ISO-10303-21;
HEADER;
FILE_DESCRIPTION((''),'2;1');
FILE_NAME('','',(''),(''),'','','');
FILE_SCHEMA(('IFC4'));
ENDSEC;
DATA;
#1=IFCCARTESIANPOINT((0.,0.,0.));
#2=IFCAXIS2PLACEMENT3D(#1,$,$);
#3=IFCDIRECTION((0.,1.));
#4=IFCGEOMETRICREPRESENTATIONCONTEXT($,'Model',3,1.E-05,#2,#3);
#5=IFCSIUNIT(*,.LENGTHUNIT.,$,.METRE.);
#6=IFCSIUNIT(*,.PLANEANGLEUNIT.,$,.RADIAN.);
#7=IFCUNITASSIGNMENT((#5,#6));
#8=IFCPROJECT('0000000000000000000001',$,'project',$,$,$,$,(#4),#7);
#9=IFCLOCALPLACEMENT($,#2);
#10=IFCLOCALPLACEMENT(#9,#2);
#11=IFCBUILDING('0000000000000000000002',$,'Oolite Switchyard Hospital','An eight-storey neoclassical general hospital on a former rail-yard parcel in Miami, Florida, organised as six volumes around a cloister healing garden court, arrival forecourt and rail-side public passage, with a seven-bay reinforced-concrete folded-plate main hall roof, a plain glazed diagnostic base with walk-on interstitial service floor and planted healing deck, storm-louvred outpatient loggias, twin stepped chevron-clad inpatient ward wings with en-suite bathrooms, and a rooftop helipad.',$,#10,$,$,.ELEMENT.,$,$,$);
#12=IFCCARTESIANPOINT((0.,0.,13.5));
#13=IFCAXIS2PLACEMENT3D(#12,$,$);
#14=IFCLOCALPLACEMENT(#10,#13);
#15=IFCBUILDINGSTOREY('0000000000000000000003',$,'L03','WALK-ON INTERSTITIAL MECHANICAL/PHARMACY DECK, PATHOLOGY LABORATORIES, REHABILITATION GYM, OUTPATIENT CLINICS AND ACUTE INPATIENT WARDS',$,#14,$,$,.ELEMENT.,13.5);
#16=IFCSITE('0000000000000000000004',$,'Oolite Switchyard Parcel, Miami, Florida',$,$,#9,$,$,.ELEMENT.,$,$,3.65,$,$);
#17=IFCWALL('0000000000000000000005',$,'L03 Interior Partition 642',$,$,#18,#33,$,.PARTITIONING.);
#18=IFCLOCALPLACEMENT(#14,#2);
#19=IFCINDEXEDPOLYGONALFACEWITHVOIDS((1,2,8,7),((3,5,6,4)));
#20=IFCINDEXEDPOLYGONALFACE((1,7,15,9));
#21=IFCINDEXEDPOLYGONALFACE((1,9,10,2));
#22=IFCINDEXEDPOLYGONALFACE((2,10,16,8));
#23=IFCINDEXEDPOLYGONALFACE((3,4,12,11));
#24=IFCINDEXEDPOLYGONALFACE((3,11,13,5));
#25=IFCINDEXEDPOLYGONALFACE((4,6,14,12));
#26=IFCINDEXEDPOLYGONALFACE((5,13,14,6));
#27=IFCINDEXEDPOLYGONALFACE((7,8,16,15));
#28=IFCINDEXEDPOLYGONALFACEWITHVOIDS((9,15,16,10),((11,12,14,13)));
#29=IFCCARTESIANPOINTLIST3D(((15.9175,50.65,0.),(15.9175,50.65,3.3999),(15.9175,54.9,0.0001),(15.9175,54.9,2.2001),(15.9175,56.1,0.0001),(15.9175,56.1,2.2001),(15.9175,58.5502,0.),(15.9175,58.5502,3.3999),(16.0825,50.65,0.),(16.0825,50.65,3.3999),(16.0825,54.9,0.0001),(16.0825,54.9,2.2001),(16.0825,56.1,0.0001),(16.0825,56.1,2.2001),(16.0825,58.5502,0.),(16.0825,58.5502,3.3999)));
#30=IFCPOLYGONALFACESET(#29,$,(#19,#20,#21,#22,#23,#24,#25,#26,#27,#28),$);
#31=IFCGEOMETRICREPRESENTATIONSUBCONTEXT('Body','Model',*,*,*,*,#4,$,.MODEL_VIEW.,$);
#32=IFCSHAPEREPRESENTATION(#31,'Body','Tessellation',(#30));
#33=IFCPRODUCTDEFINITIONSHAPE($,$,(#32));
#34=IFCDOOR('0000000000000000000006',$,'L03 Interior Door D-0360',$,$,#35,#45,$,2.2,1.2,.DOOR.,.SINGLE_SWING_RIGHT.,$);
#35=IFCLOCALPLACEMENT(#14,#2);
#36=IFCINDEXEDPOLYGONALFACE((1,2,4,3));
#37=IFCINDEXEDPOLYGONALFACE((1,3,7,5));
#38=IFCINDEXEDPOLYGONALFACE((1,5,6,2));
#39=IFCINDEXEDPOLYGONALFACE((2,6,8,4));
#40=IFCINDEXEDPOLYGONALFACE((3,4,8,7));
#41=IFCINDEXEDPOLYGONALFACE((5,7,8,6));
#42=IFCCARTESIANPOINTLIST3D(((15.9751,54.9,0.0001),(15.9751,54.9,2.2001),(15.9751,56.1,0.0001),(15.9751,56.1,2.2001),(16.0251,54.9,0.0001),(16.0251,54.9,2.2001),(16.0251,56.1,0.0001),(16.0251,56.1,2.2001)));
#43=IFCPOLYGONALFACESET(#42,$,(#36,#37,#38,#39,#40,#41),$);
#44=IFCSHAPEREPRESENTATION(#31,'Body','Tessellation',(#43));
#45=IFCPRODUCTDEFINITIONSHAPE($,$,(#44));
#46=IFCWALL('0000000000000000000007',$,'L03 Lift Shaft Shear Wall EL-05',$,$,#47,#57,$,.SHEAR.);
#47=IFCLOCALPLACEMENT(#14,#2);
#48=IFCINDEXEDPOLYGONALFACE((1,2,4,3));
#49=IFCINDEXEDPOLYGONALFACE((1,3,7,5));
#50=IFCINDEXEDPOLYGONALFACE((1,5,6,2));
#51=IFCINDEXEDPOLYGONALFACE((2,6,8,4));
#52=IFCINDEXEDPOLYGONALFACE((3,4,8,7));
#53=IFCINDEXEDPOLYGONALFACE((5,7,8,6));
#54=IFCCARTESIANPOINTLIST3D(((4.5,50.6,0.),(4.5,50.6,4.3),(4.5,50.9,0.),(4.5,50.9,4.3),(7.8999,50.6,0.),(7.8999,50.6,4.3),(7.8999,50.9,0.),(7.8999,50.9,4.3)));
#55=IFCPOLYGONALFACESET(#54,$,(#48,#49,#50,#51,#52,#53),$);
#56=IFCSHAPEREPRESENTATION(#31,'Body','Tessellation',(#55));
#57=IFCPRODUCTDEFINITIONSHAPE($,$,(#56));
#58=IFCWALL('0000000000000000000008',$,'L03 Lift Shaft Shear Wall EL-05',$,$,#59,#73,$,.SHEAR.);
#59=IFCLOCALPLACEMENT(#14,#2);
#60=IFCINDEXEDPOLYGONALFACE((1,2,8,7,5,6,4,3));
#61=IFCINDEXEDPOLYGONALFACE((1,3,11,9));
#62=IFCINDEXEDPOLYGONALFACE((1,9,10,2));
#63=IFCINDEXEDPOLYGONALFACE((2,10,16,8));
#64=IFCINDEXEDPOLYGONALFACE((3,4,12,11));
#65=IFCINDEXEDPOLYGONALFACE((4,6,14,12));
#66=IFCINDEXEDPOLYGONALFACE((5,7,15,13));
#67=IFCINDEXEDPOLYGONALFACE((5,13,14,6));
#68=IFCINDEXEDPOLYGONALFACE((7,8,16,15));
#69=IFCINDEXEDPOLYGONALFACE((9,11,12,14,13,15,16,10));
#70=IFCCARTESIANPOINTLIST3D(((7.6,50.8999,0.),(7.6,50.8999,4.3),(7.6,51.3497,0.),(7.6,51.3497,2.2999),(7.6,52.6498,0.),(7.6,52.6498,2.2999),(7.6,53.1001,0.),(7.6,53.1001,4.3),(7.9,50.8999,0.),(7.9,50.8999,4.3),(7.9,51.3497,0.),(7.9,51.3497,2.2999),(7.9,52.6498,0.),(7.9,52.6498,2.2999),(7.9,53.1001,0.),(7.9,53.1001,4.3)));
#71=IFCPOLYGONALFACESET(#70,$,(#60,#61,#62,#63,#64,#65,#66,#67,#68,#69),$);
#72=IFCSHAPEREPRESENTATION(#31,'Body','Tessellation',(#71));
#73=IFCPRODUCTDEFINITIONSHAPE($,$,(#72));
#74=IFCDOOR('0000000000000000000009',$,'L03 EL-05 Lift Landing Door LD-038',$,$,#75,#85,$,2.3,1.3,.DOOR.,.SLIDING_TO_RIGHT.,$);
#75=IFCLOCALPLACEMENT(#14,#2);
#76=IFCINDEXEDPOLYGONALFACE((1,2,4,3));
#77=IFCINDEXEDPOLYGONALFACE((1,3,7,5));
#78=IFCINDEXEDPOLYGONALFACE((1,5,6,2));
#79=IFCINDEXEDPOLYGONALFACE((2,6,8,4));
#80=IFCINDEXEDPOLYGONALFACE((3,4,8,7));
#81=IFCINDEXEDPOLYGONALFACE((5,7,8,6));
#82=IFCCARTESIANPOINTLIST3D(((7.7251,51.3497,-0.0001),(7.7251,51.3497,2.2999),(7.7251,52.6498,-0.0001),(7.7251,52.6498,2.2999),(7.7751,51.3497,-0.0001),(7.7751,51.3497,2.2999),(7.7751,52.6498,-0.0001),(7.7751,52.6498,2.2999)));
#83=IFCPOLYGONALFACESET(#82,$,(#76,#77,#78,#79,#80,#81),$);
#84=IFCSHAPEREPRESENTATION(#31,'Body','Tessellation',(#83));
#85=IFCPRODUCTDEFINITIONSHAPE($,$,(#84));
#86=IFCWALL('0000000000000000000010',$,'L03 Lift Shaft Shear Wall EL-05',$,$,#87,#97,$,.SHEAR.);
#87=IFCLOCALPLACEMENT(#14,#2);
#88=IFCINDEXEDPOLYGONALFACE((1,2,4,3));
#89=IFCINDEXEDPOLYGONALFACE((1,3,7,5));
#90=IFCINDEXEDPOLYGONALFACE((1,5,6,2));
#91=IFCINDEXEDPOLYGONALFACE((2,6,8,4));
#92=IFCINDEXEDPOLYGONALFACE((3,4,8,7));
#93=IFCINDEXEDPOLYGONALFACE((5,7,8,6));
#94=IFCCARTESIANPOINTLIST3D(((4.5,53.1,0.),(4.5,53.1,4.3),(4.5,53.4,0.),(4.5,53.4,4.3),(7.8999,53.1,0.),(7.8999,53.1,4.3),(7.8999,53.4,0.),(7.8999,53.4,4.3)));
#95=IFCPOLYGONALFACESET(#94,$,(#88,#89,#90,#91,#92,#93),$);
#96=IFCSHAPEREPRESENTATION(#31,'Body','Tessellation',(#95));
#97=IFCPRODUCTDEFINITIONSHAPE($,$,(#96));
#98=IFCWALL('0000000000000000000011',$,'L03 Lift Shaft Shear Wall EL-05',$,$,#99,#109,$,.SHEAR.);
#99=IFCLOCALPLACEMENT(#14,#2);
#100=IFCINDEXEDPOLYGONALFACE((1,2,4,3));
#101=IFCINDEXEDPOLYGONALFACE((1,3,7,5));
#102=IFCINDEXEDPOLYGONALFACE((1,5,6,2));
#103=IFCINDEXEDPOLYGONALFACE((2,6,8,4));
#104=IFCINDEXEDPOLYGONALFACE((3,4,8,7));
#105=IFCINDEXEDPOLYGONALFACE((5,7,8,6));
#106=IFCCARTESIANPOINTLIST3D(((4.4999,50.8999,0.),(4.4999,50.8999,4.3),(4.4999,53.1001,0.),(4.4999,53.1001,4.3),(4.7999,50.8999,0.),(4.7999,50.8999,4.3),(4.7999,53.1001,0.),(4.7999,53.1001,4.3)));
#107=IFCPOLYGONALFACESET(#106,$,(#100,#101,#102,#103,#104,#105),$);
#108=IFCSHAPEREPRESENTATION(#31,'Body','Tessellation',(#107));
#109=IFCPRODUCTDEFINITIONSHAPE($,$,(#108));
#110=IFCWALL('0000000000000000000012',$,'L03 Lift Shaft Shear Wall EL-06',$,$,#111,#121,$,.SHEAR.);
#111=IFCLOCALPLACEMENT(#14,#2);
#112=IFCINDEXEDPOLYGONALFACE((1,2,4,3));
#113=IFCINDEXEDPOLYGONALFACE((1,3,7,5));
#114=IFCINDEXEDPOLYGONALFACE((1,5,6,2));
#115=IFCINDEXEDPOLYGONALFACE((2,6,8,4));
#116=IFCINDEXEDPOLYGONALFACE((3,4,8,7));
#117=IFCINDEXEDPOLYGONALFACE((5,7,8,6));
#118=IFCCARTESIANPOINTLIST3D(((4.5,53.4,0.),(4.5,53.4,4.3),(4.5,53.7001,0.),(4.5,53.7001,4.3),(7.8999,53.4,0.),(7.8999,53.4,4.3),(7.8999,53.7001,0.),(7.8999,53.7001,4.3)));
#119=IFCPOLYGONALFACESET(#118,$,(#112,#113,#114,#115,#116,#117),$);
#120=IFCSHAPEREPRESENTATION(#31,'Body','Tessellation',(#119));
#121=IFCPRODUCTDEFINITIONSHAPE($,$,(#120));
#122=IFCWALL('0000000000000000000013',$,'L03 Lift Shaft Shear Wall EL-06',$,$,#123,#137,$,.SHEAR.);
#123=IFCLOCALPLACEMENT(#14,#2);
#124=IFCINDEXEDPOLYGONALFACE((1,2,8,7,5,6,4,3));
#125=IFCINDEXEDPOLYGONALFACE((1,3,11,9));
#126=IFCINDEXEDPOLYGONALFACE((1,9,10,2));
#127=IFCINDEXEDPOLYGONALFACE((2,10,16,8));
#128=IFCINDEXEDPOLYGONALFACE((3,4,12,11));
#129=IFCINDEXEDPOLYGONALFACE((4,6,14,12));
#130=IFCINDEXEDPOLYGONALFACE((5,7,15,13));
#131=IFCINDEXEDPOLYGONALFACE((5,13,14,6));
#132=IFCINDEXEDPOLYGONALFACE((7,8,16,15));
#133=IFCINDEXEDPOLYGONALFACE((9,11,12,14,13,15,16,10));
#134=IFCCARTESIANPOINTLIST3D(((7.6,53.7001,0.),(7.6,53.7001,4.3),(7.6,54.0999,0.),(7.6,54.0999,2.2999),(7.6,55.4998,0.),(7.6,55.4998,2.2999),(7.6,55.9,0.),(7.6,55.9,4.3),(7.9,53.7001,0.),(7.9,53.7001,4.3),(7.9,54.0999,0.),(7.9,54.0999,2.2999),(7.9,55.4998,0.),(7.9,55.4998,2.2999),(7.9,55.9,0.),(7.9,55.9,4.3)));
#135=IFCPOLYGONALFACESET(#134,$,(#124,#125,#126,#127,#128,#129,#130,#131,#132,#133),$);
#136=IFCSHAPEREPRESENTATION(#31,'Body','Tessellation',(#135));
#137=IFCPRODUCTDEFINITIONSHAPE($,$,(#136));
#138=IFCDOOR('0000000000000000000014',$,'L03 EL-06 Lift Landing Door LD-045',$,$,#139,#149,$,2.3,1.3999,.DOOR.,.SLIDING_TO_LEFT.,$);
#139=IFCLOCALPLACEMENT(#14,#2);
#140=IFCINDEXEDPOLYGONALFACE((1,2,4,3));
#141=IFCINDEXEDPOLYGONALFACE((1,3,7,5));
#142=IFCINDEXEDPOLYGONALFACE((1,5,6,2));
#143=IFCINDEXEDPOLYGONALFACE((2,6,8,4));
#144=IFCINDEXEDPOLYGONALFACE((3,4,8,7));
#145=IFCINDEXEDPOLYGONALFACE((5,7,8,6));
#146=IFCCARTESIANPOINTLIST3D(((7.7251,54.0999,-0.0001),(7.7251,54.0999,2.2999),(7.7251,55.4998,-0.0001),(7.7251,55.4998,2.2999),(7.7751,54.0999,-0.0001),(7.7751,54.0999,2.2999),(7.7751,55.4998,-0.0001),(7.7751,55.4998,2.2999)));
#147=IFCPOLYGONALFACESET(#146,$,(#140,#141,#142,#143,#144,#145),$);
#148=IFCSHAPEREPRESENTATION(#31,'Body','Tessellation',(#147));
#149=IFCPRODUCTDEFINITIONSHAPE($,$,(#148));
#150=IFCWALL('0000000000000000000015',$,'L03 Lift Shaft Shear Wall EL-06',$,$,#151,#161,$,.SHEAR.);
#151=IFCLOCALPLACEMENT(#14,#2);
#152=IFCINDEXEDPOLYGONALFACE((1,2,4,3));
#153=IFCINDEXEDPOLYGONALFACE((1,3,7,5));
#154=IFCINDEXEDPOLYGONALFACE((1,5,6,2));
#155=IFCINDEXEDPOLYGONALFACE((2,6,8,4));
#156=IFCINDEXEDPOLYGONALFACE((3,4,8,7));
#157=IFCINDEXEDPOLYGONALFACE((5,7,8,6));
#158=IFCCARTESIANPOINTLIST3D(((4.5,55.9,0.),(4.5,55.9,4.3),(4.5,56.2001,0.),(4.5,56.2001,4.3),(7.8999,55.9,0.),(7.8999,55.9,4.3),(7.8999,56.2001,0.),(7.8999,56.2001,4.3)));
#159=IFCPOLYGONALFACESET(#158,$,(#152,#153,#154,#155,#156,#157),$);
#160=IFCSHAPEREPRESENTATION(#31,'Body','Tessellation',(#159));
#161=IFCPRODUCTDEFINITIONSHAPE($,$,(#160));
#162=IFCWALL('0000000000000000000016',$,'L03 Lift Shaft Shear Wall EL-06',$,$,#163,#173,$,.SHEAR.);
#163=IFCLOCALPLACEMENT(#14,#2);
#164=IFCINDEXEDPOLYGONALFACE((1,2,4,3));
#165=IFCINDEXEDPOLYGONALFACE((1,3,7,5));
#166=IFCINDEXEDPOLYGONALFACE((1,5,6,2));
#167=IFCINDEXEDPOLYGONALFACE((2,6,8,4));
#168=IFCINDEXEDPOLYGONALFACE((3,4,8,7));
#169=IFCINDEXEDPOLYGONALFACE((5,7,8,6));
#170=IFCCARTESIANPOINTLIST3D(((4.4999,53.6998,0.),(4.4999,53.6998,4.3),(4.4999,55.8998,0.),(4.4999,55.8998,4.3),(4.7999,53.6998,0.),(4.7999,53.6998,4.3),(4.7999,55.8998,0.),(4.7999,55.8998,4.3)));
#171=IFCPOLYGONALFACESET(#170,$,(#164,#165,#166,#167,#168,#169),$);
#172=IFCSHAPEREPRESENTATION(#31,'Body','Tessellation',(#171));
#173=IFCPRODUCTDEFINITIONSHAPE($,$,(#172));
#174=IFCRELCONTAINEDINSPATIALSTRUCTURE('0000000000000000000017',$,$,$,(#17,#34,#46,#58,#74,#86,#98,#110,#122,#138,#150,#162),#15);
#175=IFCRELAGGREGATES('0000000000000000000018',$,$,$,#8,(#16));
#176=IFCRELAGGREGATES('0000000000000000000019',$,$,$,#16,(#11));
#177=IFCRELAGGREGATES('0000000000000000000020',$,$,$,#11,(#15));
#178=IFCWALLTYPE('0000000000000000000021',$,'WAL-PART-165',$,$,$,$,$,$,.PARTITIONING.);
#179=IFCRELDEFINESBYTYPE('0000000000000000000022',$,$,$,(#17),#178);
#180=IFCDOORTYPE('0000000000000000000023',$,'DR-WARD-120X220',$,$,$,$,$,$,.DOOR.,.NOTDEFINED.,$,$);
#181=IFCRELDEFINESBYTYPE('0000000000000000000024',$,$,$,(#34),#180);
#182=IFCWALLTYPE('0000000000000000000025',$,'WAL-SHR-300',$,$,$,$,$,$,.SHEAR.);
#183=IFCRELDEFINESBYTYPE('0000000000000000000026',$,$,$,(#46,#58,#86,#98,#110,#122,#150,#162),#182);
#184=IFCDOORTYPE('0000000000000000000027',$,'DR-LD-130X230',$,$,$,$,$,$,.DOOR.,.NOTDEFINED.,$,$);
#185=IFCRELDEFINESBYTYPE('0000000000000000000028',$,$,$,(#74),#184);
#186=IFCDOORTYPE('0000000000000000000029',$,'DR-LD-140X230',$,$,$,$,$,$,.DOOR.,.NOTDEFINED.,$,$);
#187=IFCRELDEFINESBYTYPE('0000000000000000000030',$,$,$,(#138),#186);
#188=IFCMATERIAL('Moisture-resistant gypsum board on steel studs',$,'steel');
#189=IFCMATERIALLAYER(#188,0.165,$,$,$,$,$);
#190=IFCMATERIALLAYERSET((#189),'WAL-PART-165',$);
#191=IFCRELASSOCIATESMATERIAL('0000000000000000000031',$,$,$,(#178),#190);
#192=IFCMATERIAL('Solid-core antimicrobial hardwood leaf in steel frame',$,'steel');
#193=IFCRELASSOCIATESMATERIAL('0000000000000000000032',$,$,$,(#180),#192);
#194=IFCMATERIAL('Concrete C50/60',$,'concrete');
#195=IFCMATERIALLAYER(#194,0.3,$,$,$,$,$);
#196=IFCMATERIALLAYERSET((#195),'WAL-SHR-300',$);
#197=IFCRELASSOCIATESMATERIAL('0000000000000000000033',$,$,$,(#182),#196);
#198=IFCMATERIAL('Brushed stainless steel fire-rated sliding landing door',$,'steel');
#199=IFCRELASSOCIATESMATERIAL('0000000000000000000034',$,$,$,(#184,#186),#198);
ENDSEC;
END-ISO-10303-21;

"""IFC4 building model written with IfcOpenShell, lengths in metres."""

from ifc_helpers import new_model, si_unit, direction, frame, frame_2d, origin, place, context, subcontext, project, spatial, rectangle, extrude, material, layer, layer_set, type_object, element, fill, save


model = new_model("IFC4")

# Units and contexts
model_context = context("Model", 3, precision=1e-05, world=origin(), true_north=direction((0.0, 1.0)))
body_context = subcontext(model_context, "Body", "Model", "MODEL_VIEW")
ifc_project = project(units=[si_unit("LENGTHUNIT", "METRE"), si_unit("PLANEANGLEUNIT", "RADIAN")], contexts=[model_context])

# Site, building, storey
site_placement = place(None, origin())
site = spatial("IfcSite", under=ifc_project, at=site_placement, Name="Oolite Switchyard Parcel, Miami, Florida", CompositionType="ELEMENT", RefElevation=3.65)
building_placement = place(site_placement, origin())
building = spatial("IfcBuilding", under=site, at=building_placement, Name="Oolite Switchyard Hospital", Description="An eight-storey neoclassical general hospital on a former rail-yard parcel in Miami, Florida, organised as six volumes around a cloister healing garden court, arrival forecourt and rail-side public passage, with a seven-bay reinforced-concrete folded-plate main hall roof, a plain glazed diagnostic base with walk-on interstitial service floor and planted healing deck, storm-louvred outpatient loggias, twin stepped chevron-clad inpatient ward wings with en-suite bathrooms, and a rooftop helipad.", CompositionType="ELEMENT")
storey_placement = place(building_placement, frame((0.0, 0.0, 13.5)))
storey = spatial("IfcBuildingStorey", under=building, at=storey_placement, Name="L03", Description="WALK-ON INTERSTITIAL MECHANICAL/PHARMACY DECK, PATHOLOGY LABORATORIES, REHABILITATION GYM, OUTPATIENT CLINICS AND ACUTE INPATIENT WARDS", CompositionType="ELEMENT", Elevation=13.5)

# Shared definitions
ifc_material_1 = material(Name="Concrete C50/60", Category="concrete")

# Shared definitions
ifc_material_2 = material(Name="Moisture-resistant gypsum board on steel studs", Category="steel")

# Shared definitions
ifc_material_3 = material(Name="Solid-core antimicrobial hardwood leaf in steel frame", Category="steel")

# Wall, opening, door
ifc_layer_1 = layer(ifc_material_2, 0.165)
ifc_layer_set_1 = layer_set([ifc_layer_1], Name="WAL-PART-165")
wall_type_1 = type_object("IfcWallType", Name="WAL-PART-165", PredefinedType="PARTITIONING", material=ifc_layer_set_1)
wall_1_placement = place(storey_placement, frame((16.0, 50.6499, 0.0), z_axis=(0.0, 0.0, 1.0), x_axis=(0.0, 1.0, 0.0)))
wall_1 = element("IfcWall", 1, at=wall_1_placement, inside=storey, type_object=wall_type_1, Name="L03 Interior Partition 642", PredefinedType="PARTITIONING", context=body_context, shape_type="SweptSolid", body=[
    extrude(rectangle(XDim=7.9001, YDim=0.165, at=frame_2d((3.9502, 0.0))), origin(), (0.0, 0.0, 1.0), 3.3999),
])
opening_1_placement = place(wall_1_placement, frame((4.25, 0.0, 0.0)))
opening_1 = element("IfcOpeningElement", 2, at=opening_1_placement, cuts=wall_1, PredefinedType="OPENING", context=body_context, shape_type="SweptSolid", body=[
    extrude(rectangle(XDim=1.2, YDim=2.2, at=frame_2d((0.6001, 1.1001))), frame((0.0, 0.0925, 0.0), z_axis=(0.0, -1.0, 0.0), x_axis=(1.0, 0.0, 0.0)), (0.0, 0.0, 1.0), 0.1851),
])
door_type_1 = type_object("IfcDoorType", Name="DR-WARD-120X220", OperationType="NOTDEFINED", PredefinedType="DOOR", material=ifc_material_3)
door_1_placement = place(opening_1_placement, origin())
door_1 = element("IfcDoor", 3, at=door_1_placement, inside=storey, type_object=door_type_1, Name="L03 Interior Door D-0360", OperationType="SINGLE_SWING_RIGHT", OverallHeight=2.2, OverallWidth=1.2, PredefinedType="DOOR", context=body_context, shape_type="SweptSolid", body=[
    extrude(rectangle(XDim=1.2, YDim=2.2, at=frame_2d((0.6001, 1.1001))), frame((0.0, 0.0249, 0.0), z_axis=(0.0, -1.0, 0.0), x_axis=(1.0, 0.0, 0.0)), (0.0, 0.0, 1.0), 0.05),
])
fill(opening_1, door_1)

# Wall
ifc_layer_2 = layer(ifc_material_1, 0.3)
ifc_layer_set_2 = layer_set([ifc_layer_2], Name="WAL-SHR-300")
wall_type_2 = type_object("IfcWallType", Name="WAL-SHR-300", PredefinedType="SHEAR", material=ifc_layer_set_2)
wall_2_placement = place(storey_placement, frame((4.5, 50.75, 0.0), z_axis=(0.0, 0.0, 1.0), x_axis=(1.0, 0.0, 0.0)))
element("IfcWall", 4, at=wall_2_placement, inside=storey, type_object=wall_type_2, Name="L03 Lift Shaft Shear Wall EL-05", PredefinedType="SHEAR", context=body_context, shape_type="SweptSolid", body=[
    extrude(rectangle(XDim=3.3999, YDim=0.3, at=frame_2d((1.7, 0.0))), origin(), (0.0, 0.0, 1.0), 4.3),
])

# Wall, opening, door
wall_3_placement = place(storey_placement, frame((7.75, 50.8999, 0.0), z_axis=(0.0, 0.0, 1.0), x_axis=(0.0, 1.0, 0.0)))
wall_3 = element("IfcWall", 5, at=wall_3_placement, inside=storey, type_object=wall_type_2, Name="L03 Lift Shaft Shear Wall EL-05", PredefinedType="SHEAR", context=body_context, shape_type="SweptSolid", body=[
    extrude(rectangle(XDim=2.2002, YDim=0.3, at=frame_2d((1.1001, 0.0))), origin(), (0.0, 0.0, 1.0), 4.3),
])
opening_2_placement = place(wall_3_placement, frame((0.45, 0.0, 0.0)))
opening_2 = element("IfcOpeningElement", 6, at=opening_2_placement, cuts=wall_3, PredefinedType="OPENING", context=body_context, shape_type="SweptSolid", body=[
    extrude(rectangle(XDim=1.3, YDim=2.3, at=frame_2d((0.6499, 1.1499))), frame((0.0, 0.1602, 0.0), z_axis=(0.0, -1.0, 0.0), x_axis=(1.0, 0.0, 0.0)), (0.0, 0.0, 1.0), 0.3201),
])
ifc_material_4 = material(Name="Brushed stainless steel fire-rated sliding landing door", Category="steel")
door_type_2 = type_object("IfcDoorType", Name="DR-LD-130X230", OperationType="NOTDEFINED", PredefinedType="DOOR", material=ifc_material_4)
door_2_placement = place(opening_2_placement, origin())
door_2 = element("IfcDoor", 7, at=door_2_placement, inside=storey, type_object=door_type_2, Name="L03 EL-05 Lift Landing Door LD-038", OperationType="SLIDING_TO_RIGHT", OverallHeight=2.3, OverallWidth=1.3, PredefinedType="DOOR", context=body_context, shape_type="SweptSolid", body=[
    extrude(rectangle(XDim=1.3, YDim=2.3, at=frame_2d((0.6499, 1.1499))), frame((0.0, 0.0249, 0.0), z_axis=(0.0, -1.0, 0.0), x_axis=(1.0, 0.0, 0.0)), (0.0, 0.0, 1.0), 0.05),
])
fill(opening_2, door_2)

# Walls
wall_4_placement = place(storey_placement, frame((7.8999, 53.25, 0.0), z_axis=(0.0, 0.0, 1.0), x_axis=(-1.0, 0.0, 0.0)))
element("IfcWall", 8, at=wall_4_placement, inside=storey, type_object=wall_type_2, Name="L03 Lift Shaft Shear Wall EL-05", PredefinedType="SHEAR", context=body_context, shape_type="SweptSolid", body=[
    extrude(rectangle(XDim=3.3999, YDim=0.3, at=frame_2d((1.7, 0.0))), origin(), (0.0, 0.0, 1.0), 4.3),
])
wall_5_placement = place(storey_placement, frame((4.6499, 53.1001, 0.0), z_axis=(0.0, 0.0, 1.0), x_axis=(0.0, -1.0, 0.0)))
element("IfcWall", 9, at=wall_5_placement, inside=storey, type_object=wall_type_2, Name="L03 Lift Shaft Shear Wall EL-05", PredefinedType="SHEAR", context=body_context, shape_type="SweptSolid", body=[
    extrude(rectangle(XDim=2.2002, YDim=0.3, at=frame_2d((1.1001, 0.0))), origin(), (0.0, 0.0, 1.0), 4.3),
])
wall_6_placement = place(storey_placement, frame((4.5, 53.55, 0.0), z_axis=(0.0, 0.0, 1.0), x_axis=(1.0, 0.0, 0.0)))
element("IfcWall", 10, at=wall_6_placement, inside=storey, type_object=wall_type_2, Name="L03 Lift Shaft Shear Wall EL-06", PredefinedType="SHEAR", context=body_context, shape_type="SweptSolid", body=[
    extrude(rectangle(XDim=3.3999, YDim=0.3, at=frame_2d((1.7, 0.0))), origin(), (0.0, 0.0, 1.0), 4.3),
])

# Wall, opening, door
wall_7_placement = place(storey_placement, frame((7.75, 53.7, 0.0), z_axis=(0.0, 0.0, 1.0), x_axis=(0.0, 1.0, 0.0)))
wall_7 = element("IfcWall", 11, at=wall_7_placement, inside=storey, type_object=wall_type_2, Name="L03 Lift Shaft Shear Wall EL-06", PredefinedType="SHEAR", context=body_context, shape_type="SweptSolid", body=[
    extrude(rectangle(XDim=2.2, YDim=0.3, at=frame_2d((1.1001, 0.0))), origin(), (0.0, 0.0, 1.0), 4.3),
])
opening_3_placement = place(wall_7_placement, frame((0.3999, 0.0, 0.0)))
opening_3 = element("IfcOpeningElement", 12, at=opening_3_placement, cuts=wall_7, PredefinedType="OPENING", context=body_context, shape_type="SweptSolid", body=[
    extrude(rectangle(XDim=1.3999, YDim=2.3, at=frame_2d((0.7, 1.1499))), frame((0.0, 0.1602, 0.0), z_axis=(0.0, -1.0, 0.0), x_axis=(1.0, 0.0, 0.0)), (0.0, 0.0, 1.0), 0.3201),
])
door_type_3 = type_object("IfcDoorType", Name="DR-LD-140X230", OperationType="NOTDEFINED", PredefinedType="DOOR", material=ifc_material_4)
door_3_placement = place(opening_3_placement, origin())
door_3 = element("IfcDoor", 13, at=door_3_placement, inside=storey, type_object=door_type_3, Name="L03 EL-06 Lift Landing Door LD-045", OperationType="SLIDING_TO_LEFT", OverallHeight=2.3, OverallWidth=1.3999, PredefinedType="DOOR", context=body_context, shape_type="SweptSolid", body=[
    extrude(rectangle(XDim=1.3999, YDim=2.3, at=frame_2d((0.7, 1.1499))), frame((0.0, 0.0249, 0.0), z_axis=(0.0, -1.0, 0.0), x_axis=(1.0, 0.0, 0.0)), (0.0, 0.0, 1.0), 0.05),
])
fill(opening_3, door_3)

# Walls
wall_8_placement = place(storey_placement, frame((7.8999, 56.05, 0.0), z_axis=(0.0, 0.0, 1.0), x_axis=(-1.0, 0.0, 0.0)))
element("IfcWall", 14, at=wall_8_placement, inside=storey, type_object=wall_type_2, Name="L03 Lift Shaft Shear Wall EL-06", PredefinedType="SHEAR", context=body_context, shape_type="SweptSolid", body=[
    extrude(rectangle(XDim=3.3999, YDim=0.3, at=frame_2d((1.7, 0.0))), origin(), (0.0, 0.0, 1.0), 4.3),
])
wall_9_placement = place(storey_placement, frame((4.6499, 55.8999, 0.0), z_axis=(0.0, 0.0, 1.0), x_axis=(0.0, -1.0, 0.0)))
element("IfcWall", 15, at=wall_9_placement, inside=storey, type_object=wall_type_2, Name="L03 Lift Shaft Shear Wall EL-06", PredefinedType="SHEAR", context=body_context, shape_type="SweptSolid", body=[
    extrude(rectangle(XDim=2.2, YDim=0.3, at=frame_2d((1.1001, 0.0))), origin(), (0.0, 0.0, 1.0), 4.3),
])

save(model, "model.ifc")
